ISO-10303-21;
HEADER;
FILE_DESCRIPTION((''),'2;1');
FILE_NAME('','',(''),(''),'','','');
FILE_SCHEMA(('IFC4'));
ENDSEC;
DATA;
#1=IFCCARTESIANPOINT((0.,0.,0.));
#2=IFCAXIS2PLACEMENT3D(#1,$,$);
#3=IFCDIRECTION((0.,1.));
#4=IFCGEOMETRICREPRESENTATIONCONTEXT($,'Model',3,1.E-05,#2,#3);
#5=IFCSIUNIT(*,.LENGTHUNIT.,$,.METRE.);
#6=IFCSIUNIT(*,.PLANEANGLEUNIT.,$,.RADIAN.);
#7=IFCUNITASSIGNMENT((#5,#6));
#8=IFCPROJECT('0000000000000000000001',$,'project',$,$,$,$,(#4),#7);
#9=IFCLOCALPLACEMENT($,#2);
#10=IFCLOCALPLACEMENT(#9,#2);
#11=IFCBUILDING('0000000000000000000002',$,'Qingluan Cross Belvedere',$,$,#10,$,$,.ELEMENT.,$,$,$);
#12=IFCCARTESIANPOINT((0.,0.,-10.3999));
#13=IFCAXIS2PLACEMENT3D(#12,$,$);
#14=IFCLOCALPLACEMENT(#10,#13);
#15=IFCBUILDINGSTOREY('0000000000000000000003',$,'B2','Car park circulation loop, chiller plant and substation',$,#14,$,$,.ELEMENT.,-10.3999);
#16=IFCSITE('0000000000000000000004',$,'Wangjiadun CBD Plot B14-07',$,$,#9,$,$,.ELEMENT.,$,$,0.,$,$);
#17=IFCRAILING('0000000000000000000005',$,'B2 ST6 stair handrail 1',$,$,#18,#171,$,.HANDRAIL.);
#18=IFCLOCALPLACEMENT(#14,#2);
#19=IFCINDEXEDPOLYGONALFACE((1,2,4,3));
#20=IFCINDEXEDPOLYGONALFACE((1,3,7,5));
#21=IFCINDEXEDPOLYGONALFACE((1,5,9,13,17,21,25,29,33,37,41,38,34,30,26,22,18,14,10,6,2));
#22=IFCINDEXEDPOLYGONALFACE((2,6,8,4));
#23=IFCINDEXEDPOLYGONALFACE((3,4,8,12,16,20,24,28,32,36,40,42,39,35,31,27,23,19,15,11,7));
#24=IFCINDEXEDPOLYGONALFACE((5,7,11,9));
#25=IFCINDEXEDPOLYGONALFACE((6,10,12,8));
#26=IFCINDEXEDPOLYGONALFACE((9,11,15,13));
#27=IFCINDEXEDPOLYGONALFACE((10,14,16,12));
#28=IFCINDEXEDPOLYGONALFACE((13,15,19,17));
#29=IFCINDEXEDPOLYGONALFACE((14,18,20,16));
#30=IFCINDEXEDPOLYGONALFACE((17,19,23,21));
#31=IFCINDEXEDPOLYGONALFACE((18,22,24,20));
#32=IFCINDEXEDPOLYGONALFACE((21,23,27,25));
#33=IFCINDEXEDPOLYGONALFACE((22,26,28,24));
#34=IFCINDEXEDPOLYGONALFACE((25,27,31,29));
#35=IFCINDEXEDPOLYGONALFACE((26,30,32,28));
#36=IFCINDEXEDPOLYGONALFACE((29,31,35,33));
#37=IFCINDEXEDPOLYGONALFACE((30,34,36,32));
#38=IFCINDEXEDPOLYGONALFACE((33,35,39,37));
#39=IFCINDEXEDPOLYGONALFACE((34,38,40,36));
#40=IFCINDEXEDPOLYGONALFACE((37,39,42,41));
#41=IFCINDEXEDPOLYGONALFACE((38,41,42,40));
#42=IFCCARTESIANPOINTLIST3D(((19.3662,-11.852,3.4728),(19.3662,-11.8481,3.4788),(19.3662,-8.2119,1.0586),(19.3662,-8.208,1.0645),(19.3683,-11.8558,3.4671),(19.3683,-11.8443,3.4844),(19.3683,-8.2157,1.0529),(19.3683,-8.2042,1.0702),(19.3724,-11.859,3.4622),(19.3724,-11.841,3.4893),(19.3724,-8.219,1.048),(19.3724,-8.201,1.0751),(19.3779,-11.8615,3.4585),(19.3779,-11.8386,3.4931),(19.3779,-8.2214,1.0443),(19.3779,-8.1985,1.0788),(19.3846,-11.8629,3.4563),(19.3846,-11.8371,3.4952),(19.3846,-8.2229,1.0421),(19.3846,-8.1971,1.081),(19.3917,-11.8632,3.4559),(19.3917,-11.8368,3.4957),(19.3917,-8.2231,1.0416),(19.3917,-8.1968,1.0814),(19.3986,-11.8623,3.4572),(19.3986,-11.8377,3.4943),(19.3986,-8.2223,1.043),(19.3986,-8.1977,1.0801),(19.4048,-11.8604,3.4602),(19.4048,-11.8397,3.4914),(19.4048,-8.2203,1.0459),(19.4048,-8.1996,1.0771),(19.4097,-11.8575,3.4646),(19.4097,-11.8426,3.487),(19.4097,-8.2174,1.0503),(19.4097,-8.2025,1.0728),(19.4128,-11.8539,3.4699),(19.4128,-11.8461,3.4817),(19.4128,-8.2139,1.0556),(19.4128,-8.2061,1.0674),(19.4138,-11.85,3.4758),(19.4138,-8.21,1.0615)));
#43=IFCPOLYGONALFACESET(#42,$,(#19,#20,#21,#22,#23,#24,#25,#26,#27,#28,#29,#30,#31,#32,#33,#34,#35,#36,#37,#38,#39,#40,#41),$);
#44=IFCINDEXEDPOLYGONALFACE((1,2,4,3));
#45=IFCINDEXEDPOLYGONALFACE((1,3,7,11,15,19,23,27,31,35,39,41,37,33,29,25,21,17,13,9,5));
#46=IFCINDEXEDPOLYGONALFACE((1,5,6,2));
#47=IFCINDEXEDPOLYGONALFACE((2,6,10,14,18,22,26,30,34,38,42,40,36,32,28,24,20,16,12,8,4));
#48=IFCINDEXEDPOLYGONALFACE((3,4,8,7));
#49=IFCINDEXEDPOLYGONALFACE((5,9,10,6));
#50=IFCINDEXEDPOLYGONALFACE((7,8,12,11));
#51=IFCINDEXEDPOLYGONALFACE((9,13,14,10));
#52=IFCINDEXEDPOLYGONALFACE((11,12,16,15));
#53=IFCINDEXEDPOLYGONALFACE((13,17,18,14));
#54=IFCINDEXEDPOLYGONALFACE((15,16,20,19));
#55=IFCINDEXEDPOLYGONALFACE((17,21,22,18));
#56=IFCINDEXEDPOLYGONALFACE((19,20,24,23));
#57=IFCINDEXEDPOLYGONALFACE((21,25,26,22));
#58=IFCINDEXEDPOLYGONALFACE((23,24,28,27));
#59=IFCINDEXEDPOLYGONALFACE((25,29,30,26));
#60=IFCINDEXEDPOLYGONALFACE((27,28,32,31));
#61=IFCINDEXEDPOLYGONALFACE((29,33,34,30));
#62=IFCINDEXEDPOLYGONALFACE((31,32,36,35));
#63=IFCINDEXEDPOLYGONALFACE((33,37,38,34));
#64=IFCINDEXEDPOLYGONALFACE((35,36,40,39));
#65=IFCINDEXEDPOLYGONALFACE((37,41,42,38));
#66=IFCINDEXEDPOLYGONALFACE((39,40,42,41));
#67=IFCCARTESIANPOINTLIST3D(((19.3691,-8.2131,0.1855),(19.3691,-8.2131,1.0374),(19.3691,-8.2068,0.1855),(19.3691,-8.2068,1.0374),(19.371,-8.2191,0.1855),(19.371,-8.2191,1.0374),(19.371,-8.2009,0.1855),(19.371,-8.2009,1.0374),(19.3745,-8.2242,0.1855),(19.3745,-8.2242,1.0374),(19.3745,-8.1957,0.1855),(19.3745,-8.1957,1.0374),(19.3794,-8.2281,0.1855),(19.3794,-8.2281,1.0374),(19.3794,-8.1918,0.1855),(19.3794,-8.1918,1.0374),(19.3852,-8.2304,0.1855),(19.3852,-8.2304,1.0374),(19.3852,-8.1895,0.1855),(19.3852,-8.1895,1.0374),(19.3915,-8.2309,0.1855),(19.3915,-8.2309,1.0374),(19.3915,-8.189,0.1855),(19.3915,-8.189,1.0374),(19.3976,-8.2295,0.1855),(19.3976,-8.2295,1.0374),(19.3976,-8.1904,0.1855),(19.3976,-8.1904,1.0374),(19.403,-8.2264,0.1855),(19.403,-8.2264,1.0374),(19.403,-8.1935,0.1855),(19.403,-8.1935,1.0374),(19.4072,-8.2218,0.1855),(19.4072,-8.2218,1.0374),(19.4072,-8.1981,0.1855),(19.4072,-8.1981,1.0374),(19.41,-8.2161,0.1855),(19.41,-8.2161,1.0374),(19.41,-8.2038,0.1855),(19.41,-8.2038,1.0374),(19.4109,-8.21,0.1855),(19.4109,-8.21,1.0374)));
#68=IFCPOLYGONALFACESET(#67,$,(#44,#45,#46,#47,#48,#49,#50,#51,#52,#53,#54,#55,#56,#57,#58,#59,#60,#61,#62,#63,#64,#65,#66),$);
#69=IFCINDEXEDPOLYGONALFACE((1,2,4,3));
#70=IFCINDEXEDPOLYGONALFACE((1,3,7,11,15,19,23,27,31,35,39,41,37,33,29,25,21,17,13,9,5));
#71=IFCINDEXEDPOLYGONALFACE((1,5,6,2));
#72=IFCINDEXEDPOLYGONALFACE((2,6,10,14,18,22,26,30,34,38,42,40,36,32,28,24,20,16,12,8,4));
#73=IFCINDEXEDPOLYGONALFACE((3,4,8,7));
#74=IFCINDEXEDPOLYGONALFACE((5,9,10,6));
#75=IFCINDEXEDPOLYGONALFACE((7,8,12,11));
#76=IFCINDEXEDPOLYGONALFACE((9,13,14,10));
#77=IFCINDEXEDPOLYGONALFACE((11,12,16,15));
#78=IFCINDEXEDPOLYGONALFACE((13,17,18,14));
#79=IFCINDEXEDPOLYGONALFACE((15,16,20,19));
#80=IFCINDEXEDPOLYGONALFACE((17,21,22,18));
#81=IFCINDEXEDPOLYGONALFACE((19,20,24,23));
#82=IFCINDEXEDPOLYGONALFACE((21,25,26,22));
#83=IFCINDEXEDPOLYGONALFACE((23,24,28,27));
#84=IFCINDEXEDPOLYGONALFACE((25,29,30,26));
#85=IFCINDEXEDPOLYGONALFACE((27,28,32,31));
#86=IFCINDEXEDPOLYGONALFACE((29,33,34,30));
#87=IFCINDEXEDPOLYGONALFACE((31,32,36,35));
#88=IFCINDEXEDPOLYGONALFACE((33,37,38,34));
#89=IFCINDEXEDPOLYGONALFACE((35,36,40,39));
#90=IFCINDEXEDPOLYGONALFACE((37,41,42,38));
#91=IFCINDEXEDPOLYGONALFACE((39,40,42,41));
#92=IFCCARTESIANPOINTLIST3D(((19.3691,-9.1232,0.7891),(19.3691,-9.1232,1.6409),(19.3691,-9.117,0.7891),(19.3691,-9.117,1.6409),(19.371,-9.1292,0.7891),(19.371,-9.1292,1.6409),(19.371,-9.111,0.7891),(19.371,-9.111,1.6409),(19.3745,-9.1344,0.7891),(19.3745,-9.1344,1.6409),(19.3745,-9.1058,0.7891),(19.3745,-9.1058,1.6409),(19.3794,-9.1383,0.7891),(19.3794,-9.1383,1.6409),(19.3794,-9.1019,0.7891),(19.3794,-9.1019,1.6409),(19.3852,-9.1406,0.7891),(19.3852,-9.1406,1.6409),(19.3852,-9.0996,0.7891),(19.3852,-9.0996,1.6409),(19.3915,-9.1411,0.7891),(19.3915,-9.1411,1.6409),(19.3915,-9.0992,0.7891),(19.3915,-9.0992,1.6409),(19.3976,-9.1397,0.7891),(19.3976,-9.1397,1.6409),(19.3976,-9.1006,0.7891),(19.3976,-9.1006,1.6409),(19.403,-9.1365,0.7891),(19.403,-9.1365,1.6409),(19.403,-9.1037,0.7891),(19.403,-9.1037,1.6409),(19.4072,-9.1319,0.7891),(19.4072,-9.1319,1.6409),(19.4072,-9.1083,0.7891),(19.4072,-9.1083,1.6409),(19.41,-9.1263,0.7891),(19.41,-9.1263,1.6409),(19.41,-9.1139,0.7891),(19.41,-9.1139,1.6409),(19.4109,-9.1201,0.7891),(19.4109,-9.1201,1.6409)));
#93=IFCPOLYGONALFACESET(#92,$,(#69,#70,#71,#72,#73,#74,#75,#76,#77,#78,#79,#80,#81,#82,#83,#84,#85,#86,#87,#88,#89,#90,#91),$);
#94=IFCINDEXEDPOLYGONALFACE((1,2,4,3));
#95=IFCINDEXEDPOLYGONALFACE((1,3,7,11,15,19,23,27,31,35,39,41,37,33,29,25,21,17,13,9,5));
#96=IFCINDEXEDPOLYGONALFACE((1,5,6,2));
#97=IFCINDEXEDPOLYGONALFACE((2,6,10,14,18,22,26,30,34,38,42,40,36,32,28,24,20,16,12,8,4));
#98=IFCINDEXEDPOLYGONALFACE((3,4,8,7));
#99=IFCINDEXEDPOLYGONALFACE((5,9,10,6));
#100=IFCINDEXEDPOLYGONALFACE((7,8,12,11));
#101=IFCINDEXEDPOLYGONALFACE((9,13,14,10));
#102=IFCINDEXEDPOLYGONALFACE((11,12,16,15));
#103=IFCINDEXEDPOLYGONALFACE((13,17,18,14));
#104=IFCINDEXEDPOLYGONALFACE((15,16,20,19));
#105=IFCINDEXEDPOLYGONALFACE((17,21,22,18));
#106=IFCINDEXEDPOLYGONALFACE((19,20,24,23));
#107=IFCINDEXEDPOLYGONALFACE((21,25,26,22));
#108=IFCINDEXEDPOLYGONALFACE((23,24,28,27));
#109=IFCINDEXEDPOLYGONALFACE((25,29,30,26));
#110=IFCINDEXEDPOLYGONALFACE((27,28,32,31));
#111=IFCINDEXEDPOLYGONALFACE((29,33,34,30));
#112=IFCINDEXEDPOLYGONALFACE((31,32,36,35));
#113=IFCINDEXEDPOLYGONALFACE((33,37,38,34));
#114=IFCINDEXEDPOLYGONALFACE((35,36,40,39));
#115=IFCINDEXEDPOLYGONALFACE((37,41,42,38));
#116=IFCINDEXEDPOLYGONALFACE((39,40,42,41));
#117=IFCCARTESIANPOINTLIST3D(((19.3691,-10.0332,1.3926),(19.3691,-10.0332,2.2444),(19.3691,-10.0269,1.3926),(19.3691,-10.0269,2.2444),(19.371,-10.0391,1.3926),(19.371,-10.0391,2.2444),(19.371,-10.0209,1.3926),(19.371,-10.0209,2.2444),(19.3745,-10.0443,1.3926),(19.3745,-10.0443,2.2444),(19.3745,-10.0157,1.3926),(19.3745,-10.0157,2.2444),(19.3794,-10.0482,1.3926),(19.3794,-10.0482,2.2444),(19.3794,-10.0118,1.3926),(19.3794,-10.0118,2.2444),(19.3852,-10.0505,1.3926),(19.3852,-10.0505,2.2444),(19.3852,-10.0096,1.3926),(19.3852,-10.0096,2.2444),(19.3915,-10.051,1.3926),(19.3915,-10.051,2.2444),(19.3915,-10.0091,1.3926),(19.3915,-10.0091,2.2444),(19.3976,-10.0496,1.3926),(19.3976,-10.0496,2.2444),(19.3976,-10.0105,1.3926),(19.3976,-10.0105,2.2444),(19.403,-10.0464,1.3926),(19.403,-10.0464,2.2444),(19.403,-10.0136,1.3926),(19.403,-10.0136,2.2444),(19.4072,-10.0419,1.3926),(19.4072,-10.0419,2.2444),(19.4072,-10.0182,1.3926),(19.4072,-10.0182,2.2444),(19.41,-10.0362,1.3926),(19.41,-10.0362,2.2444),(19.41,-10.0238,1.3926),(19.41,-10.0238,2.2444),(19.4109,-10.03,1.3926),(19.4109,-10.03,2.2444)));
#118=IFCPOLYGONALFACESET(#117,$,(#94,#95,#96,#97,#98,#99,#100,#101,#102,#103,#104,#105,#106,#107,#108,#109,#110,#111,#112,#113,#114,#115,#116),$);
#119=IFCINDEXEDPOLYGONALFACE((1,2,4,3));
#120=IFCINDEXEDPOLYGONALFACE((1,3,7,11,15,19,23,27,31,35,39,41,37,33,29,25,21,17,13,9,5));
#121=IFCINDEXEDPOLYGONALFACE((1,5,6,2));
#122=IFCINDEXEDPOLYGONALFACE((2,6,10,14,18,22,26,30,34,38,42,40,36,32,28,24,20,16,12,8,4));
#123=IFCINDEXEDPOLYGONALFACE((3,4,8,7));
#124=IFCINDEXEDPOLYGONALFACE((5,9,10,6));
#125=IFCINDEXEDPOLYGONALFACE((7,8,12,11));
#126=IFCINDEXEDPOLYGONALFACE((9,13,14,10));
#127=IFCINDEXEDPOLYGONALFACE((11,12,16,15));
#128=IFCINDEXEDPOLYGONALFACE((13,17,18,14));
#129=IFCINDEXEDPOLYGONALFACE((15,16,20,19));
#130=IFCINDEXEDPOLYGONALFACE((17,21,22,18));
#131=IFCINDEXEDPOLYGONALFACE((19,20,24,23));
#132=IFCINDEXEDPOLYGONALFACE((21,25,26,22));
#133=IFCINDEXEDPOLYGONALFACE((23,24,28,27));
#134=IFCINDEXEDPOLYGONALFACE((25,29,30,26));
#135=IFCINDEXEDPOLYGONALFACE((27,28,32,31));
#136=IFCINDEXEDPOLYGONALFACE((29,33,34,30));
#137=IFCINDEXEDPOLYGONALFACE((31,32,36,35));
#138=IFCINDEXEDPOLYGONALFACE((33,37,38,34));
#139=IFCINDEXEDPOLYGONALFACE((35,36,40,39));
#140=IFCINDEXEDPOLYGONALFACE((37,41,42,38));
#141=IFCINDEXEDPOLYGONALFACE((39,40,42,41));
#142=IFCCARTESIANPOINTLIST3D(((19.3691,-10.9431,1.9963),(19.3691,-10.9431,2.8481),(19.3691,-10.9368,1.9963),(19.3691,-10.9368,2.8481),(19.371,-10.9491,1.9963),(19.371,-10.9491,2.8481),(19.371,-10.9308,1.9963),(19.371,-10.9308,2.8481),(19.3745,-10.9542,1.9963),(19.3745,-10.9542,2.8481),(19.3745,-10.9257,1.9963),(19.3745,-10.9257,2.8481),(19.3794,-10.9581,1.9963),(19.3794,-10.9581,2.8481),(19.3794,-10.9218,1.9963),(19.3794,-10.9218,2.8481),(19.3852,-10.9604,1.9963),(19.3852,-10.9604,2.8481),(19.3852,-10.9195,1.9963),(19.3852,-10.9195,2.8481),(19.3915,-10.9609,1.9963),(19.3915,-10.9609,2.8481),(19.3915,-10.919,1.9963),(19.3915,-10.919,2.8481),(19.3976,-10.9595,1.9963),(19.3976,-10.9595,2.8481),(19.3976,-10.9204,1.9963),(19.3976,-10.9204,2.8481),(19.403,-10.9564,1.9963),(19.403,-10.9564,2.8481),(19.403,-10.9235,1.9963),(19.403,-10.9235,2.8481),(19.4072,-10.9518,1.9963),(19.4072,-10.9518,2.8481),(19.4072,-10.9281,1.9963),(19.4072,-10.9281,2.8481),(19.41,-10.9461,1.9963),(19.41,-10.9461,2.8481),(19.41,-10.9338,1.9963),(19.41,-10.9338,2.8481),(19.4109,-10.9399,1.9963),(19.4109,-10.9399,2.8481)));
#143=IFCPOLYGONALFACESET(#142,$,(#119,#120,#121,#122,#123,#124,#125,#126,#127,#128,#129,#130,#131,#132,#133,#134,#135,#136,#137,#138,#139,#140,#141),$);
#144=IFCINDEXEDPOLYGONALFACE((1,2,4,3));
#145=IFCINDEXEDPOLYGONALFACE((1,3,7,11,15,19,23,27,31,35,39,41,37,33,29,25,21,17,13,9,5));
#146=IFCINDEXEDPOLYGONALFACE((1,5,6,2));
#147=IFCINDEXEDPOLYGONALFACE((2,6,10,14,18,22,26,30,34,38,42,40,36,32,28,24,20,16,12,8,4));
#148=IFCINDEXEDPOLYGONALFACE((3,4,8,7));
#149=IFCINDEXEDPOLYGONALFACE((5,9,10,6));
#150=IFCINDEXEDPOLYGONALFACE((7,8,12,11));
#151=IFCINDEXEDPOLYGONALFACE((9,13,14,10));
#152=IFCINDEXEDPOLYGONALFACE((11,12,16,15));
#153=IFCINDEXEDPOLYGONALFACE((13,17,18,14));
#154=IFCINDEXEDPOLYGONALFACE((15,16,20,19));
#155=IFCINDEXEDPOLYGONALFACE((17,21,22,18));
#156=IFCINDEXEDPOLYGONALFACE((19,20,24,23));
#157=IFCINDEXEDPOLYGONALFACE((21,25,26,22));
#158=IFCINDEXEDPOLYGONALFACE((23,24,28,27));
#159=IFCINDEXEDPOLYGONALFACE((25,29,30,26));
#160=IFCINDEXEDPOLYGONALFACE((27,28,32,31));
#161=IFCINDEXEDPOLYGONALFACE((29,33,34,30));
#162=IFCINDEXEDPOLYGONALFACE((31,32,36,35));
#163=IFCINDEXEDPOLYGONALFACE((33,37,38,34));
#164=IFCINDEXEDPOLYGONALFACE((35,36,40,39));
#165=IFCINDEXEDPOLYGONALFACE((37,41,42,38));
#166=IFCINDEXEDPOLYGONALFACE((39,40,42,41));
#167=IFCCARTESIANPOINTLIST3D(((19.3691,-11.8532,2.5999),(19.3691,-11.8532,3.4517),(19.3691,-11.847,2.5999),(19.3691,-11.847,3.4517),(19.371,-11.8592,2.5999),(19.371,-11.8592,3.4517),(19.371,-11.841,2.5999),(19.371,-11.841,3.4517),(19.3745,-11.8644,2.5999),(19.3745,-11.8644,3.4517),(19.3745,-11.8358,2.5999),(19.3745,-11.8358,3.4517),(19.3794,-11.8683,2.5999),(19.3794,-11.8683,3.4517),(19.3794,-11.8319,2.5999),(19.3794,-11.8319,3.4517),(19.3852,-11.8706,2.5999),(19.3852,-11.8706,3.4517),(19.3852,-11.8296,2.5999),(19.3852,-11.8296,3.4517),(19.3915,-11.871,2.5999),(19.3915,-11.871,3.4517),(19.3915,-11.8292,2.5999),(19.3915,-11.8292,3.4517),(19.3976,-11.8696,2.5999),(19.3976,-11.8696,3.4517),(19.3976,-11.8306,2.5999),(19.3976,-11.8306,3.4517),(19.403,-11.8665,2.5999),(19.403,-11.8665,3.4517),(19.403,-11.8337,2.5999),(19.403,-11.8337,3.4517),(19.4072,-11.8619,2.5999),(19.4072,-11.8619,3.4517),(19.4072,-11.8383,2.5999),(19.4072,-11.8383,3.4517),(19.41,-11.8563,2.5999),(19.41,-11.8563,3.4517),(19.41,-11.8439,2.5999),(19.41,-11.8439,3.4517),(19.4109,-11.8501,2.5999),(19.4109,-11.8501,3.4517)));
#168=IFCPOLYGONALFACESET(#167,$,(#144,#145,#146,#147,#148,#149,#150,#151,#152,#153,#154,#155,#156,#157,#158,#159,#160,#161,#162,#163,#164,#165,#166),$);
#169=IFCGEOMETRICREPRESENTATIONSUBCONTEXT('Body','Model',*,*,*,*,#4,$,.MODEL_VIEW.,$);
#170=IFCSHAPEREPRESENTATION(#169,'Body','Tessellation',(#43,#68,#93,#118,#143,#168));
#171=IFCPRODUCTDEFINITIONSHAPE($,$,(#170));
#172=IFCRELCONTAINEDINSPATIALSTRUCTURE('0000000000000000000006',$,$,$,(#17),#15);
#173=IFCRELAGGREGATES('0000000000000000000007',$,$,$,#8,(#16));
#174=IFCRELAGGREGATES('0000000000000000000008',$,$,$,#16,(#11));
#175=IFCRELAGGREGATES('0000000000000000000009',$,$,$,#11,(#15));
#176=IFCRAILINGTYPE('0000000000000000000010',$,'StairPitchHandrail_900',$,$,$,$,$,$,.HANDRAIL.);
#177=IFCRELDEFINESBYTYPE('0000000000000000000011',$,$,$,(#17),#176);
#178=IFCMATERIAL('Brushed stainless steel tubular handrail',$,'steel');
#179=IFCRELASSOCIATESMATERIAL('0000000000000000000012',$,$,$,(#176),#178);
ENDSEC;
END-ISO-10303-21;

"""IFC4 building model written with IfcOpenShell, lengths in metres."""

from ifc_helpers import new_model, si_unit, direction, frame, origin, origin_2d, place, context, subcontext, project, spatial, circle, extrude, material, type_object, element, save


model = new_model("IFC4")

# Units and contexts
model_context = context("Model", 3, precision=1e-05, world=origin(), true_north=direction((0.0, 1.0)))
body_context = subcontext(model_context, "Body", "Model", "MODEL_VIEW")
ifc_project = project(units=[si_unit("LENGTHUNIT", "METRE"), si_unit("PLANEANGLEUNIT", "RADIAN")], contexts=[model_context])

# Site, building, storey
site_placement = place(None, origin())
site = spatial("IfcSite", under=ifc_project, at=site_placement, Name="Wangjiadun CBD Plot B14-07", CompositionType="ELEMENT", RefElevation=0.0)
building_placement = place(site_placement, origin())
building = spatial("IfcBuilding", under=site, at=building_placement, Name="Qingluan Cross Belvedere", CompositionType="ELEMENT")
storey_placement = place(building_placement, frame((0.0, 0.0, -10.3999)))
storey = spatial("IfcBuildingStorey", under=building, at=storey_placement, Name="B2", Description="Car park circulation loop, chiller plant and substation", CompositionType="ELEMENT", Elevation=-10.3999)

# Railing
ifc_material_1 = material(Name="Brushed stainless steel tubular handrail", Category="steel")
railing_type_1 = type_object("IfcRailingType", Name="StairPitchHandrail_900", PredefinedType="HANDRAIL", material=ifc_material_1)
railing_1_placement = place(storey_placement, frame((19.3899, -8.21, 0.1855)))
element("IfcRailing", 1, at=railing_1_placement, inside=storey, type_object=railing_type_1, Name="B2 ST6 stair handrail 1", PredefinedType="HANDRAIL", context=body_context, shape_type="SweptSolid", body=[
    extrude(circle(Radius=0.0239, at=origin_2d()), frame((0.0, 0.0, 0.876), z_axis=(0.0, -0.833364, 0.552725), x_axis=(1.0, 0.0, 0.0)), (0.0, 0.0, 1.0), 4.3679),
    extrude(circle(Radius=0.021, at=origin_2d()), origin(), (0.0, 0.0, 1.0), 0.8518),
    extrude(circle(Radius=0.021, at=origin_2d()), frame((0.0, -0.9102, 0.6035)), (0.0, 0.0, 1.0), 0.8518),
    extrude(circle(Radius=0.021, at=origin_2d()), frame((0.0, -1.8201, 1.207)), (0.0, 0.0, 1.0), 0.8518),
    extrude(circle(Radius=0.021, at=origin_2d()), frame((0.0, -2.73, 1.8108)), (0.0, 0.0, 1.0), 0.8518),
    extrude(circle(Radius=0.021, at=origin_2d()), frame((0.0, -3.6401, 2.4143)), (0.0, 0.0, 1.0), 0.8518),
])

save(model, "model.ifc")
